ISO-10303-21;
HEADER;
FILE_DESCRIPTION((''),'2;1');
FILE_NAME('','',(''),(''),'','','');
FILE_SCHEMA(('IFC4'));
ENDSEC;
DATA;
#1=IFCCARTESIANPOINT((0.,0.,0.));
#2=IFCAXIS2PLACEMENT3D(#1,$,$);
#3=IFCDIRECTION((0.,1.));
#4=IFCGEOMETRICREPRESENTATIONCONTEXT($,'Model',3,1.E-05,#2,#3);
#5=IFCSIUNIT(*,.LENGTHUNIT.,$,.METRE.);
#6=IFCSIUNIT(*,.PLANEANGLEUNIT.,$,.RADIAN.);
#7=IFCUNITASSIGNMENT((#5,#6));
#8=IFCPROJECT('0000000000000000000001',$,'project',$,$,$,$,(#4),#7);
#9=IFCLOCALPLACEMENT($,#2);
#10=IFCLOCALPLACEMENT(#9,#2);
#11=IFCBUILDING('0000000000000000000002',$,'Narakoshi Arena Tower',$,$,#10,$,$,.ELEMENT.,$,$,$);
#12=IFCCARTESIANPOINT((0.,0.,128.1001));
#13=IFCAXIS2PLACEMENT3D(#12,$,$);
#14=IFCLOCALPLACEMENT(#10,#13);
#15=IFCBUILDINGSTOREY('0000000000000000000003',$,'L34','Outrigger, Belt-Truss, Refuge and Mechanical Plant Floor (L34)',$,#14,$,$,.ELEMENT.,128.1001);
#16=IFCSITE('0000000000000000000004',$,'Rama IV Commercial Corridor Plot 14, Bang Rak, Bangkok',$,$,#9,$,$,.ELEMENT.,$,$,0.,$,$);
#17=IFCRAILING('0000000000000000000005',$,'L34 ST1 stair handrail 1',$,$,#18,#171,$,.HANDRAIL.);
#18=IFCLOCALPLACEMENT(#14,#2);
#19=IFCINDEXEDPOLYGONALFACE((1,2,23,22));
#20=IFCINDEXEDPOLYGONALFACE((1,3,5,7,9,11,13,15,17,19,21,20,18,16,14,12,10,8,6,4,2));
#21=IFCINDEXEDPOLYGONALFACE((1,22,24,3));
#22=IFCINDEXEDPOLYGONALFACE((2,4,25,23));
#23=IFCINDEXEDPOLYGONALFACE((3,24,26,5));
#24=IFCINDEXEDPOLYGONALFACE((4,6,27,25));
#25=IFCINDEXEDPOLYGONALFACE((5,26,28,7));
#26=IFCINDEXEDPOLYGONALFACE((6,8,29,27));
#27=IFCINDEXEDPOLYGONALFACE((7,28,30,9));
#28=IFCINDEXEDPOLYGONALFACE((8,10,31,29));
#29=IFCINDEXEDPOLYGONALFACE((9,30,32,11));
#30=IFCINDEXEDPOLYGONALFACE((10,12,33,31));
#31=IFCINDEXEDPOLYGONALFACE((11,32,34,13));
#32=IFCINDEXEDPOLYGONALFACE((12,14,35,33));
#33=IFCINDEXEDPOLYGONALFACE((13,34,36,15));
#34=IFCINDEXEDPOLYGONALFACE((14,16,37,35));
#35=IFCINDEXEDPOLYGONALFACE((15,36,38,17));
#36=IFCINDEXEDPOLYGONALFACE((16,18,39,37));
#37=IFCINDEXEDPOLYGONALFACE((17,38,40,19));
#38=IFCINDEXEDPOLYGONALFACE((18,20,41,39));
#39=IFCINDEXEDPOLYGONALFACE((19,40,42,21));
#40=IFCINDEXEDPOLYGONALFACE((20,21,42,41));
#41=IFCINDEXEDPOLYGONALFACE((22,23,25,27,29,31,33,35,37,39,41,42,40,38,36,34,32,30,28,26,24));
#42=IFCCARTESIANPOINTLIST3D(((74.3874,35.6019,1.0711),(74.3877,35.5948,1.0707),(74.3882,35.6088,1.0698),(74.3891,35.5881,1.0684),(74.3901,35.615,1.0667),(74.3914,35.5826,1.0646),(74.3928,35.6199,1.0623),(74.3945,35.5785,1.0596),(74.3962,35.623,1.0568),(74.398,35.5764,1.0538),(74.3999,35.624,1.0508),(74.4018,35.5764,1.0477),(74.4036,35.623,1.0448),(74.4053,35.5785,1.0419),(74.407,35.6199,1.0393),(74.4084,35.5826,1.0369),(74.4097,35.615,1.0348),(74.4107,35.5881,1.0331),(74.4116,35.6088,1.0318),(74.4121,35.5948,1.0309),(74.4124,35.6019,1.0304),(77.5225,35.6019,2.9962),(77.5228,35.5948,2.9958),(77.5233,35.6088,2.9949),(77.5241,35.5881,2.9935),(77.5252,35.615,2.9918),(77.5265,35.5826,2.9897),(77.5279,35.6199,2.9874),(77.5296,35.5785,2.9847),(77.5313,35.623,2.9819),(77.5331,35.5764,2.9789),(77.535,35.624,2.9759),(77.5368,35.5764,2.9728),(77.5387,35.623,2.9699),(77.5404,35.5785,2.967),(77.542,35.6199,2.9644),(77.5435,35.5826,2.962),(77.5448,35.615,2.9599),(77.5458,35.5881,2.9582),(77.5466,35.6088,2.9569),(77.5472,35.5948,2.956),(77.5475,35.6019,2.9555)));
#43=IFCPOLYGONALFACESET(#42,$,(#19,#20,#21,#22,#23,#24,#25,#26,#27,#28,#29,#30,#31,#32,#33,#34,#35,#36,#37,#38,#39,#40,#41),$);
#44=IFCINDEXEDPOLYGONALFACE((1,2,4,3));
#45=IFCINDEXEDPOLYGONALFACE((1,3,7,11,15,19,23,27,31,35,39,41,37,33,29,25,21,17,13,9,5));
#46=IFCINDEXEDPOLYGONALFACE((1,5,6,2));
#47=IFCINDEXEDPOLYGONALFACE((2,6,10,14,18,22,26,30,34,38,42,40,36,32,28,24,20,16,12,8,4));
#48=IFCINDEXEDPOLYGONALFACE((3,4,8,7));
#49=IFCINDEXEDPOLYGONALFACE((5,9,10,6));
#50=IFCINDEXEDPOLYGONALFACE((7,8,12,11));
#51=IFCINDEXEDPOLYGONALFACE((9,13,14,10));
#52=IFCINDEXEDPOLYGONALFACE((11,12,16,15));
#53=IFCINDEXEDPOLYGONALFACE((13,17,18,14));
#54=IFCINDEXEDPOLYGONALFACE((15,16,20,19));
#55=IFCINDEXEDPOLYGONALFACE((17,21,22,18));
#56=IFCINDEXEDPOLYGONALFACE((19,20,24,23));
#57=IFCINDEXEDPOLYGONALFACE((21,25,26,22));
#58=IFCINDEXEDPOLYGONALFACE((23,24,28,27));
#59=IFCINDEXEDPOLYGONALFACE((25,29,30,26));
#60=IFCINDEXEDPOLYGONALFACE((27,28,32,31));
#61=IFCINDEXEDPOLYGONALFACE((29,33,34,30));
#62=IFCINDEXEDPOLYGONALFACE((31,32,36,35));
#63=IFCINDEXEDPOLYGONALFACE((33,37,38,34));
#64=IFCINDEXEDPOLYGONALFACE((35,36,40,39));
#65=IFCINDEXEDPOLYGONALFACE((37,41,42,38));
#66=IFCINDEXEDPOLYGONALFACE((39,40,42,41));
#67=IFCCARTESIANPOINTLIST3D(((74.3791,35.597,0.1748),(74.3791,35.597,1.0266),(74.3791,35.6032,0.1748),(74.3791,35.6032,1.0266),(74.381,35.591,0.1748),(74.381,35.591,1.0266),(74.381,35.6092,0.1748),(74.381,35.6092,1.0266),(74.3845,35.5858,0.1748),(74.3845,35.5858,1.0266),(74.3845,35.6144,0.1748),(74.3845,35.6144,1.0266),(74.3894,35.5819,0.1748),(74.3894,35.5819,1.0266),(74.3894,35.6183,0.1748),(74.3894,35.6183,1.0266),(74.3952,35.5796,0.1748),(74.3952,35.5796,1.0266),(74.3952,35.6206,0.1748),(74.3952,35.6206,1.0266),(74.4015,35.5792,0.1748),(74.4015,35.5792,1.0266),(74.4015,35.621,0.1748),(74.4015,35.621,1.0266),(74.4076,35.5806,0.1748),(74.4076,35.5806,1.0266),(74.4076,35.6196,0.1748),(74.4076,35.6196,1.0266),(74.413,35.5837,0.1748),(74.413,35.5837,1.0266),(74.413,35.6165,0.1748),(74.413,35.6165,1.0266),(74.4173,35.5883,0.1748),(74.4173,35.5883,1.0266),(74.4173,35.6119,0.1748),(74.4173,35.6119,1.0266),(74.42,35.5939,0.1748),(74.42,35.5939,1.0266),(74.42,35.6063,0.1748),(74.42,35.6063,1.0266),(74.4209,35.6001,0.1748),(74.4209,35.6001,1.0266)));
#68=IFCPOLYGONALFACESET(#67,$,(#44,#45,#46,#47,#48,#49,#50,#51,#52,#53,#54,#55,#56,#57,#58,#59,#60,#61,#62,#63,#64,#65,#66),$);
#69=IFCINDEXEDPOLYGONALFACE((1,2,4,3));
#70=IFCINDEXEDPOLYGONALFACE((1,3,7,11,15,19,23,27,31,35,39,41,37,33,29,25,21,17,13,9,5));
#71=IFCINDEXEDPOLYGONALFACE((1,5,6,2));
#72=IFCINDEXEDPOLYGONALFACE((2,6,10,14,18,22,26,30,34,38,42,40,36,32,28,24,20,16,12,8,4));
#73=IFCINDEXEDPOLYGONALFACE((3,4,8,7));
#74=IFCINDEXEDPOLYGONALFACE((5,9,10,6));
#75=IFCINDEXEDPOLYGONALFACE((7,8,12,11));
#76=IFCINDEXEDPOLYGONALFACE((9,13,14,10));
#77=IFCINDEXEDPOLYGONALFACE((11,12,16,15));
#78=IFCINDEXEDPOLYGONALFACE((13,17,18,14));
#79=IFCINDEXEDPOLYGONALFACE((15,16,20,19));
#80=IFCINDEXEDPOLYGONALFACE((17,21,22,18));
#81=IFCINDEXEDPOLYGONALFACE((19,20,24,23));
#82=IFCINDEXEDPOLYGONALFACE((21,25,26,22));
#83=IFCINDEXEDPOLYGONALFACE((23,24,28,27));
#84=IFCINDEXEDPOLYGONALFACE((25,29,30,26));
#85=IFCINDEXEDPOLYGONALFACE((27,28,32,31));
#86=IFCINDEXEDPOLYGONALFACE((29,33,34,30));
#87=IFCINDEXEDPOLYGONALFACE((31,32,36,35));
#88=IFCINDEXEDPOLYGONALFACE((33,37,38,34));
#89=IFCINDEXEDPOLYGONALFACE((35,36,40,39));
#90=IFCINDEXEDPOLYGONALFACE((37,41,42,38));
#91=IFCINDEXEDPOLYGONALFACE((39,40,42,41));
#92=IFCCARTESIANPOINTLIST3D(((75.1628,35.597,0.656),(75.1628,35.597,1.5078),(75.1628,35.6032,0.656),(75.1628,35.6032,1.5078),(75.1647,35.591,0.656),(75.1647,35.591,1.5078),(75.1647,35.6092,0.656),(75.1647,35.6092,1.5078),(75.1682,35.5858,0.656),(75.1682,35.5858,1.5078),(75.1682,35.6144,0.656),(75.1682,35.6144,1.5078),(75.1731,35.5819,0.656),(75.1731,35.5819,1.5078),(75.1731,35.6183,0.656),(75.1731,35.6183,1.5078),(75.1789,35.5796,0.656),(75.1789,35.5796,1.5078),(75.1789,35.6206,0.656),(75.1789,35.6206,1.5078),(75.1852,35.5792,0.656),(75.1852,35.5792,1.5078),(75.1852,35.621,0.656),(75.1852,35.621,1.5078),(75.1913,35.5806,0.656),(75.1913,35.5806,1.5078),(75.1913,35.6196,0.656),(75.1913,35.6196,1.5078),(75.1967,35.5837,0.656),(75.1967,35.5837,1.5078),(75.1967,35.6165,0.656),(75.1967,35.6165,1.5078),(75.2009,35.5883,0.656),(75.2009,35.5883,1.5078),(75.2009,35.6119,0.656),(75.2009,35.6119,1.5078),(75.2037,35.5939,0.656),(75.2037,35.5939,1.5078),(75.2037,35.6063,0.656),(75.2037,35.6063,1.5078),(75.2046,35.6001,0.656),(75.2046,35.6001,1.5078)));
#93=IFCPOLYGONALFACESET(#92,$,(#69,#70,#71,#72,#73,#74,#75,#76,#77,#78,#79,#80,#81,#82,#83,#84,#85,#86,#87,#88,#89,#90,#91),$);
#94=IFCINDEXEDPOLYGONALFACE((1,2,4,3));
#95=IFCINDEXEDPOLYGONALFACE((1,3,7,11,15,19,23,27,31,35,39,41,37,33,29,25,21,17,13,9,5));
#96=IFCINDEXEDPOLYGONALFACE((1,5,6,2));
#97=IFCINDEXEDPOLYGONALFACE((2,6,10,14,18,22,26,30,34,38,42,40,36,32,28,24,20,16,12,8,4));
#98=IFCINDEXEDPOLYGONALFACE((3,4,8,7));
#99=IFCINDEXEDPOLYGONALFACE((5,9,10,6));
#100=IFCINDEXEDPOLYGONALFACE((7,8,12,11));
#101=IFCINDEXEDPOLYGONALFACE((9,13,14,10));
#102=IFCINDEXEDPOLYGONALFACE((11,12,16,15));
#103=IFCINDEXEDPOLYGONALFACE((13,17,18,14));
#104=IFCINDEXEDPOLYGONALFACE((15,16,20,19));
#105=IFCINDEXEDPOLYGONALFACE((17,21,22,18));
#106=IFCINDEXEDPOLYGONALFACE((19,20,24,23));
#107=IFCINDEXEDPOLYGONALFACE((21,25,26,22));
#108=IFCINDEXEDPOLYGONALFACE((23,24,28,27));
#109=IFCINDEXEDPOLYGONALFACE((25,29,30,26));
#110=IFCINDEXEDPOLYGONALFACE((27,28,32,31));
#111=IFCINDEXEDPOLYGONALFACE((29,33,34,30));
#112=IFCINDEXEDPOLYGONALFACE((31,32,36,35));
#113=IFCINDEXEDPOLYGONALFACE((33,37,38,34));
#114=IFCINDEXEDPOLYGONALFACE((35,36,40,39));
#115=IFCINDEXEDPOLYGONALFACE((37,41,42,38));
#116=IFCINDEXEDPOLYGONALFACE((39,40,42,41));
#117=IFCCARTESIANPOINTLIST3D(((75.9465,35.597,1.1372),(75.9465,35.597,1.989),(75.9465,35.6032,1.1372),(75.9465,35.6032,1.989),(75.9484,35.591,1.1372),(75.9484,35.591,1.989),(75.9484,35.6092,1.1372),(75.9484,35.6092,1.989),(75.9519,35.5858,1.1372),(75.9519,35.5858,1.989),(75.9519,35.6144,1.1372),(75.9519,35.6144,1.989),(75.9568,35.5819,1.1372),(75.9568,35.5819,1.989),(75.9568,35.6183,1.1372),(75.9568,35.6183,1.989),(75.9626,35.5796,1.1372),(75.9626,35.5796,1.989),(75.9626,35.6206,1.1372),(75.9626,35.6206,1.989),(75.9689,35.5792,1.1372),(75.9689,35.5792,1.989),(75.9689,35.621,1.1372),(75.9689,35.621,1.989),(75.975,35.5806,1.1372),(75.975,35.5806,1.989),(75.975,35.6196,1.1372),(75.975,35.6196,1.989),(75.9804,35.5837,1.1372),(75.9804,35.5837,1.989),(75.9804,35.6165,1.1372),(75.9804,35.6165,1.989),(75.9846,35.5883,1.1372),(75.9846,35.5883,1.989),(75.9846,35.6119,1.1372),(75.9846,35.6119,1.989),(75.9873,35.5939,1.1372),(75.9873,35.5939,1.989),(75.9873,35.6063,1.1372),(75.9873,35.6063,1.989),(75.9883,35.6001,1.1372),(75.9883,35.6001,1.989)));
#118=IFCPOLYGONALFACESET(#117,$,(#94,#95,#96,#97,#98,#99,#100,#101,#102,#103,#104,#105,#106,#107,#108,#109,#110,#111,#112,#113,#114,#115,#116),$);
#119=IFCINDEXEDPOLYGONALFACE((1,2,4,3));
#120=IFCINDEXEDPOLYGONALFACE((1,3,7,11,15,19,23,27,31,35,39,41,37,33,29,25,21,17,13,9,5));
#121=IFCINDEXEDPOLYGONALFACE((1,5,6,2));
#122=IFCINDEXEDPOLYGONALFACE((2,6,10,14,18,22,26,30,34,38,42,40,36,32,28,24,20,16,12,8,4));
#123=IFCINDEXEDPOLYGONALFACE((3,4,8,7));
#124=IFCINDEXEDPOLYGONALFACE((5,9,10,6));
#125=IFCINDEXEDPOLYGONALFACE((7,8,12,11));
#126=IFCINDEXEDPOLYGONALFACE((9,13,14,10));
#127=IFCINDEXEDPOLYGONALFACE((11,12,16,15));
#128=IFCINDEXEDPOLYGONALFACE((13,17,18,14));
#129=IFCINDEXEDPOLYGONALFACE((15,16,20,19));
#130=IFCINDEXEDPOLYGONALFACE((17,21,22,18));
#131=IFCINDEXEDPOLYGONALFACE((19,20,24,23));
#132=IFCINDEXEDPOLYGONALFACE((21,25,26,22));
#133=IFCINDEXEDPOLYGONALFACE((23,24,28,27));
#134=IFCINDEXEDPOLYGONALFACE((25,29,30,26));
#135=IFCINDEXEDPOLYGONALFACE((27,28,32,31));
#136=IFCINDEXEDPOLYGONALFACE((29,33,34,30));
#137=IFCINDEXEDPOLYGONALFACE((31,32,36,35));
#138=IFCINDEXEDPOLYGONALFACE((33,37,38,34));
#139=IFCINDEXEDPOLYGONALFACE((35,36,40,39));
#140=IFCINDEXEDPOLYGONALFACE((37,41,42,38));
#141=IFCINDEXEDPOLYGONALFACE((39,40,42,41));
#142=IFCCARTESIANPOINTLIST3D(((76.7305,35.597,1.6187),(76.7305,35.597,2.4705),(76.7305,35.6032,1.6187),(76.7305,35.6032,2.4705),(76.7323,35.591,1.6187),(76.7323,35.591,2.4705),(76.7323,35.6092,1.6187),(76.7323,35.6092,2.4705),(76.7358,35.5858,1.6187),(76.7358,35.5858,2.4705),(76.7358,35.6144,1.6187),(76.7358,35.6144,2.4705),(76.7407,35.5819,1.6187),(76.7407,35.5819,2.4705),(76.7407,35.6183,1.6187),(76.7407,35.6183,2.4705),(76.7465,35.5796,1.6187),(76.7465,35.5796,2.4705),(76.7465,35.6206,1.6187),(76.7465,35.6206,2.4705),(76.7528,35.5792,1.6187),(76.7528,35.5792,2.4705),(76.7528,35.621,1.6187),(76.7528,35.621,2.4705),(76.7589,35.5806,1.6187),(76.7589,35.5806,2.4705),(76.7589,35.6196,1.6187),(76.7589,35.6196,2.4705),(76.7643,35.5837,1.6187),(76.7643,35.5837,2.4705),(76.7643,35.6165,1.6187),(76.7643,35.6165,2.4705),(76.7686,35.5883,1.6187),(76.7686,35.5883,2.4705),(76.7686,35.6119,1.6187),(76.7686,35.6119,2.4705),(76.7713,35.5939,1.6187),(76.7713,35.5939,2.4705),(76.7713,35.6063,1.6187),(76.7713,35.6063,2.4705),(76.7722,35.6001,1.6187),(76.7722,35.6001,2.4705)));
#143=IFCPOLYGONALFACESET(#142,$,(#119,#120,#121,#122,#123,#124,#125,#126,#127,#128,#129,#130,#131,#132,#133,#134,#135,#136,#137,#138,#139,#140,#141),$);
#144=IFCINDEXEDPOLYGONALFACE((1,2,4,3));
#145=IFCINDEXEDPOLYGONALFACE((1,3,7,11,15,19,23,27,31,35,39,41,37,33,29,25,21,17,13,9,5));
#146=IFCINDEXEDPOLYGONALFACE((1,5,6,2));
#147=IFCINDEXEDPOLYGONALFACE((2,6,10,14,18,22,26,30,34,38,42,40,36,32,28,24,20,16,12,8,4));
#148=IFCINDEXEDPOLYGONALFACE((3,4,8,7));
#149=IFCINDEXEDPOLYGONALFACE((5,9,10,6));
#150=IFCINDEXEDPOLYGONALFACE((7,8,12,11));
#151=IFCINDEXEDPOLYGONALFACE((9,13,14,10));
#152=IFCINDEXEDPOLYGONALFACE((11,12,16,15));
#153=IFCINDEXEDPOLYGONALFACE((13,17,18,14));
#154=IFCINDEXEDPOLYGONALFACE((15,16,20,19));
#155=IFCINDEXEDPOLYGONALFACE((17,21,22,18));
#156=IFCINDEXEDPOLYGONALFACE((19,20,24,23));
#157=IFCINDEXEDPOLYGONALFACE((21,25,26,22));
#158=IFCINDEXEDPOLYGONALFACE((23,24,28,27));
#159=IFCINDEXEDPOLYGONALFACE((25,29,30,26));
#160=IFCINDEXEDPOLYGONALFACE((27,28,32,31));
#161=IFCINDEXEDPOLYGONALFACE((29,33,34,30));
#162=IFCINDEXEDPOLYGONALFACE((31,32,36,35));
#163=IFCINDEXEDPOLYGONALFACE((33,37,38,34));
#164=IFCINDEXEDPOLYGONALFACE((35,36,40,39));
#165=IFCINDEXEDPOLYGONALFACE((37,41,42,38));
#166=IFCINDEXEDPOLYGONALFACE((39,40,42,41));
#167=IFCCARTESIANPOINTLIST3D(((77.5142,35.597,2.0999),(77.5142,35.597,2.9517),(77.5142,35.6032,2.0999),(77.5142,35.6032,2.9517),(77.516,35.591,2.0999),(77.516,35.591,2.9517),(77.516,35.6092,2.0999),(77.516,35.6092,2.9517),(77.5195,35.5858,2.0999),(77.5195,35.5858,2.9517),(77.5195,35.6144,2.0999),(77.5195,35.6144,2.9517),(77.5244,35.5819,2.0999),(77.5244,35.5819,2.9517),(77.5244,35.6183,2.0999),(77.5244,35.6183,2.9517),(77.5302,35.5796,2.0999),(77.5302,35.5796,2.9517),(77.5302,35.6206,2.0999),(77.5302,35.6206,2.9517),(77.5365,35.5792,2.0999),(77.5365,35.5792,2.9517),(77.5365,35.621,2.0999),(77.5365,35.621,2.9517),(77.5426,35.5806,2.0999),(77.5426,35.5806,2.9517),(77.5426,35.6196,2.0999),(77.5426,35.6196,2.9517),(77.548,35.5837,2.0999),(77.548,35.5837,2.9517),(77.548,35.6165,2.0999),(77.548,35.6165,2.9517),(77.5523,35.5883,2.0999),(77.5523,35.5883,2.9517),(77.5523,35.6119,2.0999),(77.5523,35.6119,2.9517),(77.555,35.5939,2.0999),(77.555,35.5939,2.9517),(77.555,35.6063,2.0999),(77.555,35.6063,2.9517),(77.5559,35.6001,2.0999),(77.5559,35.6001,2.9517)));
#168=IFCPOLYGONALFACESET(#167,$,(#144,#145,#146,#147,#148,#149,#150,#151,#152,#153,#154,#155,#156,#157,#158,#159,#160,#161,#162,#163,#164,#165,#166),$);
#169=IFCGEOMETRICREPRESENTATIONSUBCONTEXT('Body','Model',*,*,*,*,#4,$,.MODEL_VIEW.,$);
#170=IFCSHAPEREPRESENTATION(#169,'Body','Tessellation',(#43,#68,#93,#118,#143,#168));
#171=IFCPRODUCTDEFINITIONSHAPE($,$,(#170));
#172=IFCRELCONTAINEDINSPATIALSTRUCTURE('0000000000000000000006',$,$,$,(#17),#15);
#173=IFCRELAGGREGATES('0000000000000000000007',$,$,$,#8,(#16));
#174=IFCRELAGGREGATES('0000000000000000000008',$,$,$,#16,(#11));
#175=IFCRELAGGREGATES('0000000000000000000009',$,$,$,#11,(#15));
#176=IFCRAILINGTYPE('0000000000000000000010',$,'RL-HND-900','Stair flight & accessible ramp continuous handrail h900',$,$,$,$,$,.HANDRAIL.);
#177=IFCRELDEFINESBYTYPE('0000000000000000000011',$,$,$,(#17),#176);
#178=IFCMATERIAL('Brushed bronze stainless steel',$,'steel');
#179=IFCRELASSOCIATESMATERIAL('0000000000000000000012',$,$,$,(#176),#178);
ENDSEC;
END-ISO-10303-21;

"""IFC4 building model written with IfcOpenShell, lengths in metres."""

from ifc_helpers import new_model, si_unit, direction, frame, origin, origin_2d, place, context, subcontext, project, spatial, circle, extrude, material, type_object, element, save


model = new_model("IFC4")

# Units and contexts
model_context = context("Model", 3, precision=1e-05, world=origin(), true_north=direction((0.0, 1.0)))
body_context = subcontext(model_context, "Body", "Model", "MODEL_VIEW")
ifc_project = project(units=[si_unit("LENGTHUNIT", "METRE"), si_unit("PLANEANGLEUNIT", "RADIAN")], contexts=[model_context])

# Site, building, storey
site_placement = place(None, origin())
site = spatial("IfcSite", under=ifc_project, at=site_placement, Name="Rama IV Commercial Corridor Plot 14, Bang Rak, Bangkok", CompositionType="ELEMENT", RefElevation=0.0)
building_placement = place(site_placement, origin())
building = spatial("IfcBuilding", under=site, at=building_placement, Name="Narakoshi Arena Tower", CompositionType="ELEMENT")
storey_placement = place(building_placement, frame((0.0, 0.0, 128.1001)))
storey = spatial("IfcBuildingStorey", under=building, at=storey_placement, Name="L34", Description="Outrigger, Belt-Truss, Refuge and Mechanical Plant Floor (L34)", CompositionType="ELEMENT", Elevation=128.1001)

# Railing
ifc_material_1 = material(Name="Brushed bronze stainless steel", Category="steel")
railing_type_1 = type_object("IfcRailingType", Name="RL-HND-900", Description="Stair flight & accessible ramp continuous handrail h900", PredefinedType="HANDRAIL", material=ifc_material_1)
railing_1_placement = place(storey_placement, frame((74.3999, 35.6001, 0.1748)))
element("IfcRailing", 1, at=railing_1_placement, inside=storey, type_object=railing_type_1, Name="L34 ST1 stair handrail 1", PredefinedType="HANDRAIL", context=body_context, shape_type="SweptSolid", body=[
    extrude(circle(Radius=0.0239, at=origin_2d()), frame((0.0, 0.0, 0.876), z_axis=(0.852166, 0.0, 0.523271), x_axis=(0.0, 1.0, 0.0)), (0.0, 0.0, 1.0), 3.679),
    extrude(circle(Radius=0.021, at=origin_2d()), origin(), (0.0, 0.0, 1.0), 0.8518),
    extrude(circle(Radius=0.021, at=origin_2d()), frame((0.7837, 0.0, 0.4812)), (0.0, 0.0, 1.0), 0.8518),
    extrude(circle(Radius=0.021, at=origin_2d()), frame((1.5674, 0.0, 0.9624)), (0.0, 0.0, 1.0), 0.8518),
    extrude(circle(Radius=0.021, at=origin_2d()), frame((2.3513, 0.0, 1.4438)), (0.0, 0.0, 1.0), 0.8518),
    extrude(circle(Radius=0.021, at=origin_2d()), frame((3.135, 0.0, 1.925)), (0.0, 0.0, 1.0), 0.8518),
])

save(model, "model.ifc")
